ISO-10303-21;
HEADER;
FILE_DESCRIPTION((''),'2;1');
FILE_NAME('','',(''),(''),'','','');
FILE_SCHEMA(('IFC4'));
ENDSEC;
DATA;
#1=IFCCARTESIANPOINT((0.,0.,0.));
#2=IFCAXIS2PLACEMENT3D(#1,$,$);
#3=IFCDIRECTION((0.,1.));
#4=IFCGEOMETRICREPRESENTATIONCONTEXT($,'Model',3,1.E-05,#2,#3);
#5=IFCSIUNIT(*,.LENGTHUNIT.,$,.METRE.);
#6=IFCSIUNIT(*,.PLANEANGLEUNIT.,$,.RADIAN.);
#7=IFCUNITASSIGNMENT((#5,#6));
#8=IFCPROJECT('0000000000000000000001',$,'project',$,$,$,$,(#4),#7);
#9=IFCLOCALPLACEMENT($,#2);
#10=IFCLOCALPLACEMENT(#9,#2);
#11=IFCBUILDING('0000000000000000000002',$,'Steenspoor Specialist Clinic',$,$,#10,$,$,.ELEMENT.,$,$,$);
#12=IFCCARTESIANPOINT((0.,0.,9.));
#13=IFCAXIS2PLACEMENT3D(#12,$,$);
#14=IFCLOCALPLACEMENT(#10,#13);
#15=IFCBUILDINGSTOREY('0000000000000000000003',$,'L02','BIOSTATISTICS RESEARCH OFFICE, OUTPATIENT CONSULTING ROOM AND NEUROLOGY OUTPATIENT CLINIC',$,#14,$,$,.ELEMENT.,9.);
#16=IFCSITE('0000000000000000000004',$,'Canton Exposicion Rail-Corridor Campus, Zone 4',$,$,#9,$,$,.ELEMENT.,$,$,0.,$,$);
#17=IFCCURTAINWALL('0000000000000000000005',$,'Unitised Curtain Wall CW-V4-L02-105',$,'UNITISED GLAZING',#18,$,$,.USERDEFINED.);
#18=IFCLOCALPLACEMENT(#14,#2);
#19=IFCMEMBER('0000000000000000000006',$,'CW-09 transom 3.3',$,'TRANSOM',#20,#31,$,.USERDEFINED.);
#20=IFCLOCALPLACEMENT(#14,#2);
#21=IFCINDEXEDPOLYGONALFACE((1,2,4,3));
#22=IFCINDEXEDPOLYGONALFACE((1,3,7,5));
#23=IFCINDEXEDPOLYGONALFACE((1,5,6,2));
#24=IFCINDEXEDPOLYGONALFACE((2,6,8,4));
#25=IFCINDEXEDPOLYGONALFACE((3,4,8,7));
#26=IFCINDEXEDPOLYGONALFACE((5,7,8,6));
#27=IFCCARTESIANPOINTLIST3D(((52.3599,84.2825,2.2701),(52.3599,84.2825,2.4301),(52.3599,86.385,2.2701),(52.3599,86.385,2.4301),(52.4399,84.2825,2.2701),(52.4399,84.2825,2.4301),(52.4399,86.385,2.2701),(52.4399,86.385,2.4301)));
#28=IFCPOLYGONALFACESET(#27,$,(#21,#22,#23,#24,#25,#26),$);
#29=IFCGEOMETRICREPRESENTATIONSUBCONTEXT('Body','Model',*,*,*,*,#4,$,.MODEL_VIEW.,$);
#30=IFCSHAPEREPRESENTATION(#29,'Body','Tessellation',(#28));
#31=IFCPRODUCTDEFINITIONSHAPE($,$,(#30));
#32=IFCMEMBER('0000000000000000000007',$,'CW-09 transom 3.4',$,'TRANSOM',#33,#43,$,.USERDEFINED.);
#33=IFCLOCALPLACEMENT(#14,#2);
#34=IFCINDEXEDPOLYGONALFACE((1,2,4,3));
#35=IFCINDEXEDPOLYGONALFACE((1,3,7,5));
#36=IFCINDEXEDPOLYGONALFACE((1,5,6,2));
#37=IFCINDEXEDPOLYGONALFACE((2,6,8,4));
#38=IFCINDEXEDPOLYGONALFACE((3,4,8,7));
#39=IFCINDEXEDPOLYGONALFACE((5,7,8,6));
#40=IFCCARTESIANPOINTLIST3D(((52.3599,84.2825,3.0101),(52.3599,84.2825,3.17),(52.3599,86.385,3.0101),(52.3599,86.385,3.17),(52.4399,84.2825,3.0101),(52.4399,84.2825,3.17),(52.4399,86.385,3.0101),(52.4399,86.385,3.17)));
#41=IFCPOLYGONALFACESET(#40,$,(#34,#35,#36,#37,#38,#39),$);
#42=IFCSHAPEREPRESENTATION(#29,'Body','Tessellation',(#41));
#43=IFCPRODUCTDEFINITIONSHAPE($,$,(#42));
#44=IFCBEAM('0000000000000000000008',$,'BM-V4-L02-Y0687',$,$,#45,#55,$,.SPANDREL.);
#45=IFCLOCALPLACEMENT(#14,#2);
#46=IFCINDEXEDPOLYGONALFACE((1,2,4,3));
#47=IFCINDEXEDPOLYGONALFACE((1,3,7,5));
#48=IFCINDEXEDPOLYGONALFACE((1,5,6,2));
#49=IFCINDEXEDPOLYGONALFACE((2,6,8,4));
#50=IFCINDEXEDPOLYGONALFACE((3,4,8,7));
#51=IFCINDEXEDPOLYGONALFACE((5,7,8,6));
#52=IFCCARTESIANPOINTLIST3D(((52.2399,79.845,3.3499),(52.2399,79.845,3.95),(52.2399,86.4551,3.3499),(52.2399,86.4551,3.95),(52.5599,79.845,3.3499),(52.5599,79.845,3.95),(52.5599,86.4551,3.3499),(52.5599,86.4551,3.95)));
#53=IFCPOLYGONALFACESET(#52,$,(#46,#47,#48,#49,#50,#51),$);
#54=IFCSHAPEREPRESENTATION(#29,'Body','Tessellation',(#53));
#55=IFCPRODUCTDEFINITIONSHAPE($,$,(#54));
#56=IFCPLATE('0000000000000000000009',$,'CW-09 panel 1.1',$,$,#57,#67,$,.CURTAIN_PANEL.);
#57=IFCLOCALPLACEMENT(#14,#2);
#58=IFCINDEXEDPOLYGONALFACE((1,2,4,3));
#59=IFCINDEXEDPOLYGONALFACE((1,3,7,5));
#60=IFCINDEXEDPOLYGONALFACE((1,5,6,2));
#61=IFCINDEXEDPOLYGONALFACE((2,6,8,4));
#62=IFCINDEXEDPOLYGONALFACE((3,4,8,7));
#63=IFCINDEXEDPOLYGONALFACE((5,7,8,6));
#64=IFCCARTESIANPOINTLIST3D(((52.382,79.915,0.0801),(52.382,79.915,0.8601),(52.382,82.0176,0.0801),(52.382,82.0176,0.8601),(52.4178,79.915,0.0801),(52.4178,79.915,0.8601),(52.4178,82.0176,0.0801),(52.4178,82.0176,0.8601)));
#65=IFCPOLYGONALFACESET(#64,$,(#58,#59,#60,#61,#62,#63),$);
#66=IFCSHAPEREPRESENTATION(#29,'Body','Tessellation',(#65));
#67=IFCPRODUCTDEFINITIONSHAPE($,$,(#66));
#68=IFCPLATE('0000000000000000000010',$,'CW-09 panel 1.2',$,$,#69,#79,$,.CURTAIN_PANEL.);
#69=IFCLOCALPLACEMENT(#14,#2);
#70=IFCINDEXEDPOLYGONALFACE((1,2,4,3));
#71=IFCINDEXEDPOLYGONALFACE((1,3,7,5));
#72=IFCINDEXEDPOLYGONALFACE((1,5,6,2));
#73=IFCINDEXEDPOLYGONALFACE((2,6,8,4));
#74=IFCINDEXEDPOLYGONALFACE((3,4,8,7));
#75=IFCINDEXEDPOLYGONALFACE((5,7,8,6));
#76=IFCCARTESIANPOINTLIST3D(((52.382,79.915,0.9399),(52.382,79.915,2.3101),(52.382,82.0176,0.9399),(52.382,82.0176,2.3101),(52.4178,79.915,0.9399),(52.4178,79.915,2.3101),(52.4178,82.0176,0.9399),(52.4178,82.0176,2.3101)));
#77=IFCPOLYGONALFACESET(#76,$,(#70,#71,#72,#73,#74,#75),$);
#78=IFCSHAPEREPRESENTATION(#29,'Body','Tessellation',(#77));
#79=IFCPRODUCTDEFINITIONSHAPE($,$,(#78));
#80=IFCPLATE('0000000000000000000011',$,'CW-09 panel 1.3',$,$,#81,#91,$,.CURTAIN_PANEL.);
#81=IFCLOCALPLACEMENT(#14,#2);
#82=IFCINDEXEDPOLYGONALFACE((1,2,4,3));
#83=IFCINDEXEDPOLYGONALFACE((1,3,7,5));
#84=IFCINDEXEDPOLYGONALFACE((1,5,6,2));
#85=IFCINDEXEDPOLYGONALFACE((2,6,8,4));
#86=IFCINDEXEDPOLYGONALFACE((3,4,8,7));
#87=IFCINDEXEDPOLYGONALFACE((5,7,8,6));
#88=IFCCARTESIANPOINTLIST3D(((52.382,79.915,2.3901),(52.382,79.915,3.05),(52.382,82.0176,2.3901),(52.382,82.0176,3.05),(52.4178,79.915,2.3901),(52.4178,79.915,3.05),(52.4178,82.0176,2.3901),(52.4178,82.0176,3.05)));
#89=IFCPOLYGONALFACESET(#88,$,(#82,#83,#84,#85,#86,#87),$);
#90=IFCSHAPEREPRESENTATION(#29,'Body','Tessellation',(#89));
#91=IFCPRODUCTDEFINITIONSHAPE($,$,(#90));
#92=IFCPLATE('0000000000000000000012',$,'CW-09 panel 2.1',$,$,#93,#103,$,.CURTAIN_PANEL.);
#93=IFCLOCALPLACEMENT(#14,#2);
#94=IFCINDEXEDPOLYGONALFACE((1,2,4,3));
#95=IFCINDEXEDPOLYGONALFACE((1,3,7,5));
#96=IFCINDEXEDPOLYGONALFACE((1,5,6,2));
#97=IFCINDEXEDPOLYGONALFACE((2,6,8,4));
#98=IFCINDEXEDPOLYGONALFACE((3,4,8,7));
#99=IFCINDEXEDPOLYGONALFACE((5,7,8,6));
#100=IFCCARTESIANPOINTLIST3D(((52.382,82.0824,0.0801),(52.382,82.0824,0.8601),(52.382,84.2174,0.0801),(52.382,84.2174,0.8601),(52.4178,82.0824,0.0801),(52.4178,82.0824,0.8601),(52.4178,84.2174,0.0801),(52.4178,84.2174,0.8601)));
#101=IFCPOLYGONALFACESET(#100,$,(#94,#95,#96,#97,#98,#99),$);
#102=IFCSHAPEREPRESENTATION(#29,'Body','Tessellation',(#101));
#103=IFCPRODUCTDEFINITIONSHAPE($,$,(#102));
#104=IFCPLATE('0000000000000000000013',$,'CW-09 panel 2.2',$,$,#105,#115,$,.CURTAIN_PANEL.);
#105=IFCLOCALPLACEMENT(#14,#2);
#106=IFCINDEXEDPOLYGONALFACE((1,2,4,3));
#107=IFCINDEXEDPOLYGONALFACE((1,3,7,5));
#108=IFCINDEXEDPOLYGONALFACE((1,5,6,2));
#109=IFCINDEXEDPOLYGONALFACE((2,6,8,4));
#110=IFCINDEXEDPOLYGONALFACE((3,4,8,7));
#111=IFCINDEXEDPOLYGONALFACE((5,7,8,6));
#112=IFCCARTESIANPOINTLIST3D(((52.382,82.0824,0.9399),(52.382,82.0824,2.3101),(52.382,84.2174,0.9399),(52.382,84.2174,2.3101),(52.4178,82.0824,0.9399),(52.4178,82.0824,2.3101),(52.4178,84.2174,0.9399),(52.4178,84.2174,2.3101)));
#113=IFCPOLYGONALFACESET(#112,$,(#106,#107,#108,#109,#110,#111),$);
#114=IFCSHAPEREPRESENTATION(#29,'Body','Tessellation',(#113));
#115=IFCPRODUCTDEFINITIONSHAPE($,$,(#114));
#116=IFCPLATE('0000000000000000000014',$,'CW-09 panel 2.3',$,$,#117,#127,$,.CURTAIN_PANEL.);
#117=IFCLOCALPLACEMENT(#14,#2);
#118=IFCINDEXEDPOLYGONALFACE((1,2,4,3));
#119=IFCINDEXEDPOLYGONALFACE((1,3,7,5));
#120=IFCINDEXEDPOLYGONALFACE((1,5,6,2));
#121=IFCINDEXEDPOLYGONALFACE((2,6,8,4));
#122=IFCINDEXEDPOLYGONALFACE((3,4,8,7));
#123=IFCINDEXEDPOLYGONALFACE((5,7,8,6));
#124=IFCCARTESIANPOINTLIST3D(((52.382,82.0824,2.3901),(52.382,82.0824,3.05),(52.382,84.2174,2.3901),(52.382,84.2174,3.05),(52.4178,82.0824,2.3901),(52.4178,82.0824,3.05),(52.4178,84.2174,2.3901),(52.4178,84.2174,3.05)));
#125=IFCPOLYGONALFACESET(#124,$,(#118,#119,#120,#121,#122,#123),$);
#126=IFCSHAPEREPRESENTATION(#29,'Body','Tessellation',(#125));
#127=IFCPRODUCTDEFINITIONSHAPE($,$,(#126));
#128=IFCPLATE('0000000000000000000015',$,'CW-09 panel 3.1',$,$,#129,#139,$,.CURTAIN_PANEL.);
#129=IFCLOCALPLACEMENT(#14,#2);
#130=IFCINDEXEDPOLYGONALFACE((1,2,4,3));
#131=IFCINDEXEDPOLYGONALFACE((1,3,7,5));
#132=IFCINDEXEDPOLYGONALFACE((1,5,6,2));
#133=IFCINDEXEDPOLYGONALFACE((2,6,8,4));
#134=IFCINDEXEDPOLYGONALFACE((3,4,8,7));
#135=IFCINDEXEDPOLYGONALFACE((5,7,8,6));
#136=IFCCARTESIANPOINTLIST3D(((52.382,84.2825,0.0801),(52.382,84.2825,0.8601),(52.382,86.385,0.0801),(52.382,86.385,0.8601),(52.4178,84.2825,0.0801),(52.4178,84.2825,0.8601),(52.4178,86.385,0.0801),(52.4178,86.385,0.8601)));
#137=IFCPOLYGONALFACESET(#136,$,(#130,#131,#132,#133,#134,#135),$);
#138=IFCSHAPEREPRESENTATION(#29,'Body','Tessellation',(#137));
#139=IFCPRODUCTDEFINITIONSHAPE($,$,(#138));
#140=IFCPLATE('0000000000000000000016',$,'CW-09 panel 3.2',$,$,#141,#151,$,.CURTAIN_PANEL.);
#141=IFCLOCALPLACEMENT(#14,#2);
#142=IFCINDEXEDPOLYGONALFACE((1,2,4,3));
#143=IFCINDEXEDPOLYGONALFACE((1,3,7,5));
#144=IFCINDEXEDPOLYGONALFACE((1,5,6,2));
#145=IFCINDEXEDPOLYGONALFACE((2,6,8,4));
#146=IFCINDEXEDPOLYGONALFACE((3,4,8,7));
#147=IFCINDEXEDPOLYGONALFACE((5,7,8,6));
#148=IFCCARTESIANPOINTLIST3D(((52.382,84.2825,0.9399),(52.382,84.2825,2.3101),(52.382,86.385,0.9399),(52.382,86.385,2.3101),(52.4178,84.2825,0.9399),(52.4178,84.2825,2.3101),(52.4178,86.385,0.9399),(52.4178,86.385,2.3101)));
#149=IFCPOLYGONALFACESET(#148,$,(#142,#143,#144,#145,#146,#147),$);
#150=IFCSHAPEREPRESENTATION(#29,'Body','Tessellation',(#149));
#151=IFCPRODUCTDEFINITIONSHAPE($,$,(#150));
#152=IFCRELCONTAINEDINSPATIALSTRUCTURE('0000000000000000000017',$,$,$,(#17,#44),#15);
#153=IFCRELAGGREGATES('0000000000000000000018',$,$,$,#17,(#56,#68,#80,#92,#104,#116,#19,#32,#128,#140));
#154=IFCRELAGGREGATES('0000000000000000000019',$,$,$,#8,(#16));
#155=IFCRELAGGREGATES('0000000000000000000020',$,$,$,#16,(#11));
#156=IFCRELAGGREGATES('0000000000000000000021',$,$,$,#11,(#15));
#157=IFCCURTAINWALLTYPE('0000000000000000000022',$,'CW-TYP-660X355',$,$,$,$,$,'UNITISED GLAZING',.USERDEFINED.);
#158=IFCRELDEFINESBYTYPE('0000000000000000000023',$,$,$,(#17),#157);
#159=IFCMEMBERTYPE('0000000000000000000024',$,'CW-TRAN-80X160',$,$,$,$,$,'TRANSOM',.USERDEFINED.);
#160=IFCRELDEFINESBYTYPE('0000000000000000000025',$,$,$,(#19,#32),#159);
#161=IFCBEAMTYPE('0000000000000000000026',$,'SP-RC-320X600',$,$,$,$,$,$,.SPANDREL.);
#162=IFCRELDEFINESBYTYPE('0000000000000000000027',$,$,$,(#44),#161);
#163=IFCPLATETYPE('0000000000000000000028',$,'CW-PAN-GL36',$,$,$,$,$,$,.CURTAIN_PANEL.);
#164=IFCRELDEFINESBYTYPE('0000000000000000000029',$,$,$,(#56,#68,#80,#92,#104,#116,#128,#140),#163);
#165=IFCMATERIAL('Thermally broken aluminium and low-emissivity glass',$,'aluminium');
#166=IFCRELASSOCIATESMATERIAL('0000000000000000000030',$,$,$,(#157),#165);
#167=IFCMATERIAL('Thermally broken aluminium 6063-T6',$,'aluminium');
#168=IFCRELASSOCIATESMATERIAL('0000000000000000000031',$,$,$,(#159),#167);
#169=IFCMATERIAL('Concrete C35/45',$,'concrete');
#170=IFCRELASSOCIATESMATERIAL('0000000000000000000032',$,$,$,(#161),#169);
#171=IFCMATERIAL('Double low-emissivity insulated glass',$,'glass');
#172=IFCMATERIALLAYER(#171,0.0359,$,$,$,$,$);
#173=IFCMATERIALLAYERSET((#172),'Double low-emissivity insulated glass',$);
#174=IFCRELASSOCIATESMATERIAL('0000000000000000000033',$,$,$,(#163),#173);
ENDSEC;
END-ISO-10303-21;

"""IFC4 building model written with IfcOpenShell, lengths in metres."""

from ifc_helpers import new_model, si_unit, direction, frame, origin, origin_2d, place, context, subcontext, project, spatial, rectangle, extrude, material, layer, layer_set, material_profile, profile_set, type_object, element, aggregate, save


model = new_model("IFC4")

# Units and contexts
model_context = context("Model", 3, precision=1e-05, world=origin(), true_north=direction((0.0, 1.0)))
body_context = subcontext(model_context, "Body", "Model", "MODEL_VIEW")
ifc_project = project(units=[si_unit("LENGTHUNIT", "METRE"), si_unit("PLANEANGLEUNIT", "RADIAN")], contexts=[model_context])

# Site, building, storey
site_placement = place(None, origin())
site = spatial("IfcSite", under=ifc_project, at=site_placement, Name="Canton Exposicion Rail-Corridor Campus, Zone 4", CompositionType="ELEMENT", RefElevation=0.0)
building_placement = place(site_placement, origin())
building = spatial("IfcBuilding", under=site, at=building_placement, Name="Steenspoor Specialist Clinic", CompositionType="ELEMENT")
storey_placement = place(building_placement, frame((0.0, 0.0, 9.0)))
storey = spatial("IfcBuildingStorey", under=building, at=storey_placement, Name="L02", Description="BIOSTATISTICS RESEARCH OFFICE, OUTPATIENT CONSULTING ROOM AND NEUROLOGY OUTPATIENT CLINIC", CompositionType="ELEMENT", Elevation=9.0)

# Curtain wall, members
ifc_material_1 = material(Name="Thermally broken aluminium and low-emissivity glass", Category="aluminium")
curtain_wall_type = type_object("IfcCurtainWallType", Name="CW-TYP-660X355", ElementType="UNITISED GLAZING", PredefinedType="USERDEFINED", material=ifc_material_1)
curtain_wall_placement = place(storey_placement, origin())
curtain_wall = element("IfcCurtainWall", 1, at=curtain_wall_placement, inside=storey, type_object=curtain_wall_type, Name="Unitised Curtain Wall CW-V4-L02-105", ObjectType="UNITISED GLAZING", PredefinedType="USERDEFINED")
ifc_material_2 = material(Name="Thermally broken aluminium 6063-T6", Category="aluminium")
ifc_material_profile_1 = material_profile(ifc_material_2, rectangle(XDim=0.0801, YDim=0.1599, at=origin_2d()), Name="CWT-80X160")
ifc_profile_set_1 = profile_set([ifc_material_profile_1], Name="Thermally broken aluminium 6063-T6")
member_type_1 = type_object("IfcMemberType", Name="CW-TRAN-80X160", ElementType="TRANSOM", PredefinedType="USERDEFINED", material=ifc_profile_set_1)
member_1_placement = place(storey_placement, frame((52.3999, 84.2825, 2.3501), z_axis=(0.0, 1.0, 0.0), x_axis=(-1.0, 0.0, 0.0)))
member_1 = element("IfcMember", 2, at=member_1_placement, type_object=member_type_1, Name="CW-09 transom 3.3", ObjectType="TRANSOM", PredefinedType="USERDEFINED", context=body_context, shape_type="SweptSolid", body=[
    extrude(rectangle(XDim=0.0801, YDim=0.1599, at=origin_2d()), origin(), (0.0, 0.0, 1.0), 2.1025),
])
member_2_placement = place(storey_placement, frame((52.3999, 84.2825, 3.0901), z_axis=(0.0, 1.0, 0.0), x_axis=(-1.0, 0.0, 0.0)))
member_2 = element("IfcMember", 3, at=member_2_placement, type_object=member_type_1, Name="CW-09 transom 3.4", ObjectType="TRANSOM", PredefinedType="USERDEFINED", context=body_context, shape_type="SweptSolid", body=[
    extrude(rectangle(XDim=0.0801, YDim=0.1599, at=origin_2d()), origin(), (0.0, 0.0, 1.0), 2.1025),
])

# Beam
ifc_material_3 = material(Name="Concrete C35/45", Category="concrete")
ifc_material_profile_2 = material_profile(ifc_material_3, rectangle(XDim=0.3201, YDim=0.6001, at=origin_2d()), Name="RC-SP-320X600")
ifc_profile_set_2 = profile_set([ifc_material_profile_2], Name="Concrete C35/45")
beam_type = type_object("IfcBeamType", Name="SP-RC-320X600", PredefinedType="SPANDREL", material=ifc_profile_set_2)
beam_placement = place(storey_placement, frame((52.3999, 79.845, 3.6499), z_axis=(0.0, 1.0, 0.0), x_axis=(-1.0, 0.0, 0.0)))
element("IfcBeam", 4, at=beam_placement, inside=storey, type_object=beam_type, Name="BM-V4-L02-Y0687", PredefinedType="SPANDREL", context=body_context, shape_type="SweptSolid", body=[
    extrude(rectangle(XDim=0.3201, YDim=0.6001, at=origin_2d()), origin(), (0.0, 0.0, 1.0), 6.6101),
])

# Plates
ifc_material_4 = material(Name="Double low-emissivity insulated glass", Category="glass")
ifc_layer = layer(ifc_material_4, 0.0359)
ifc_layer_set = layer_set([ifc_layer], Name="Double low-emissivity insulated glass")
plate_type = type_object("IfcPlateType", Name="CW-PAN-GL36", PredefinedType="CURTAIN_PANEL", material=ifc_layer_set)
plate_1_placement = place(storey_placement, frame((52.3999, 80.9663, 0.0801), z_axis=(0.0, 0.0, 1.0), x_axis=(0.0, 1.0, 0.0)))
plate_1 = element("IfcPlate", 5, at=plate_1_placement, type_object=plate_type, Name="CW-09 panel 1.1", PredefinedType="CURTAIN_PANEL", context=body_context, shape_type="SweptSolid", body=[
    extrude(rectangle(XDim=2.1025, YDim=0.0359, at=origin_2d()), origin(), (0.0, 0.0, 1.0), 0.78),
])
plate_2_placement = place(storey_placement, frame((52.3999, 80.9663, 0.9399), z_axis=(0.0, 0.0, 1.0), x_axis=(0.0, 1.0, 0.0)))
plate_2 = element("IfcPlate", 6, at=plate_2_placement, type_object=plate_type, Name="CW-09 panel 1.2", PredefinedType="CURTAIN_PANEL", context=body_context, shape_type="SweptSolid", body=[
    extrude(rectangle(XDim=2.1025, YDim=0.0359, at=origin_2d()), origin(), (0.0, 0.0, 1.0), 1.3701),
])
plate_3_placement = place(storey_placement, frame((52.3999, 80.9663, 2.3901), z_axis=(0.0, 0.0, 1.0), x_axis=(0.0, 1.0, 0.0)))
plate_3 = element("IfcPlate", 7, at=plate_3_placement, type_object=plate_type, Name="CW-09 panel 1.3", PredefinedType="CURTAIN_PANEL", context=body_context, shape_type="SweptSolid", body=[
    extrude(rectangle(XDim=2.1025, YDim=0.0359, at=origin_2d()), origin(), (0.0, 0.0, 1.0), 0.6599),
])
plate_4_placement = place(storey_placement, frame((52.3999, 83.1499, 0.0801), z_axis=(0.0, 0.0, 1.0), x_axis=(0.0, 1.0, 0.0)))
plate_4 = element("IfcPlate", 8, at=plate_4_placement, type_object=plate_type, Name="CW-09 panel 2.1", PredefinedType="CURTAIN_PANEL", context=body_context, shape_type="SweptSolid", body=[
    extrude(rectangle(XDim=2.135, YDim=0.0359, at=origin_2d()), origin(), (0.0, 0.0, 1.0), 0.78),
])
plate_5_placement = place(storey_placement, frame((52.3999, 83.1499, 0.9399), z_axis=(0.0, 0.0, 1.0), x_axis=(0.0, 1.0, 0.0)))
plate_5 = element("IfcPlate", 9, at=plate_5_placement, type_object=plate_type, Name="CW-09 panel 2.2", PredefinedType="CURTAIN_PANEL", context=body_context, shape_type="SweptSolid", body=[
    extrude(rectangle(XDim=2.135, YDim=0.0359, at=origin_2d()), origin(), (0.0, 0.0, 1.0), 1.3701),
])
plate_6_placement = place(storey_placement, frame((52.3999, 83.1499, 2.3901), z_axis=(0.0, 0.0, 1.0), x_axis=(0.0, 1.0, 0.0)))
plate_6 = element("IfcPlate", 10, at=plate_6_placement, type_object=plate_type, Name="CW-09 panel 2.3", PredefinedType="CURTAIN_PANEL", context=body_context, shape_type="SweptSolid", body=[
    extrude(rectangle(XDim=2.135, YDim=0.0359, at=origin_2d()), origin(), (0.0, 0.0, 1.0), 0.6599),
])
plate_7_placement = place(storey_placement, frame((52.3999, 85.3337, 0.0801), z_axis=(0.0, 0.0, 1.0), x_axis=(0.0, 1.0, 0.0)))
plate_7 = element("IfcPlate", 11, at=plate_7_placement, type_object=plate_type, Name="CW-09 panel 3.1", PredefinedType="CURTAIN_PANEL", context=body_context, shape_type="SweptSolid", body=[
    extrude(rectangle(XDim=2.1025, YDim=0.0359, at=origin_2d()), origin(), (0.0, 0.0, 1.0), 0.78),
])
plate_8_placement = place(storey_placement, frame((52.3999, 85.3337, 0.9399), z_axis=(0.0, 0.0, 1.0), x_axis=(0.0, 1.0, 0.0)))
plate_8 = element("IfcPlate", 12, at=plate_8_placement, type_object=plate_type, Name="CW-09 panel 3.2", PredefinedType="CURTAIN_PANEL", context=body_context, shape_type="SweptSolid", body=[
    extrude(rectangle(XDim=2.1025, YDim=0.0359, at=origin_2d()), origin(), (0.0, 0.0, 1.0), 1.3701),
])
aggregate(curtain_wall, [plate_1, plate_2, plate_3, plate_4, plate_5, plate_6, member_1, member_2, plate_7, plate_8])

save(model, "model.ifc")
